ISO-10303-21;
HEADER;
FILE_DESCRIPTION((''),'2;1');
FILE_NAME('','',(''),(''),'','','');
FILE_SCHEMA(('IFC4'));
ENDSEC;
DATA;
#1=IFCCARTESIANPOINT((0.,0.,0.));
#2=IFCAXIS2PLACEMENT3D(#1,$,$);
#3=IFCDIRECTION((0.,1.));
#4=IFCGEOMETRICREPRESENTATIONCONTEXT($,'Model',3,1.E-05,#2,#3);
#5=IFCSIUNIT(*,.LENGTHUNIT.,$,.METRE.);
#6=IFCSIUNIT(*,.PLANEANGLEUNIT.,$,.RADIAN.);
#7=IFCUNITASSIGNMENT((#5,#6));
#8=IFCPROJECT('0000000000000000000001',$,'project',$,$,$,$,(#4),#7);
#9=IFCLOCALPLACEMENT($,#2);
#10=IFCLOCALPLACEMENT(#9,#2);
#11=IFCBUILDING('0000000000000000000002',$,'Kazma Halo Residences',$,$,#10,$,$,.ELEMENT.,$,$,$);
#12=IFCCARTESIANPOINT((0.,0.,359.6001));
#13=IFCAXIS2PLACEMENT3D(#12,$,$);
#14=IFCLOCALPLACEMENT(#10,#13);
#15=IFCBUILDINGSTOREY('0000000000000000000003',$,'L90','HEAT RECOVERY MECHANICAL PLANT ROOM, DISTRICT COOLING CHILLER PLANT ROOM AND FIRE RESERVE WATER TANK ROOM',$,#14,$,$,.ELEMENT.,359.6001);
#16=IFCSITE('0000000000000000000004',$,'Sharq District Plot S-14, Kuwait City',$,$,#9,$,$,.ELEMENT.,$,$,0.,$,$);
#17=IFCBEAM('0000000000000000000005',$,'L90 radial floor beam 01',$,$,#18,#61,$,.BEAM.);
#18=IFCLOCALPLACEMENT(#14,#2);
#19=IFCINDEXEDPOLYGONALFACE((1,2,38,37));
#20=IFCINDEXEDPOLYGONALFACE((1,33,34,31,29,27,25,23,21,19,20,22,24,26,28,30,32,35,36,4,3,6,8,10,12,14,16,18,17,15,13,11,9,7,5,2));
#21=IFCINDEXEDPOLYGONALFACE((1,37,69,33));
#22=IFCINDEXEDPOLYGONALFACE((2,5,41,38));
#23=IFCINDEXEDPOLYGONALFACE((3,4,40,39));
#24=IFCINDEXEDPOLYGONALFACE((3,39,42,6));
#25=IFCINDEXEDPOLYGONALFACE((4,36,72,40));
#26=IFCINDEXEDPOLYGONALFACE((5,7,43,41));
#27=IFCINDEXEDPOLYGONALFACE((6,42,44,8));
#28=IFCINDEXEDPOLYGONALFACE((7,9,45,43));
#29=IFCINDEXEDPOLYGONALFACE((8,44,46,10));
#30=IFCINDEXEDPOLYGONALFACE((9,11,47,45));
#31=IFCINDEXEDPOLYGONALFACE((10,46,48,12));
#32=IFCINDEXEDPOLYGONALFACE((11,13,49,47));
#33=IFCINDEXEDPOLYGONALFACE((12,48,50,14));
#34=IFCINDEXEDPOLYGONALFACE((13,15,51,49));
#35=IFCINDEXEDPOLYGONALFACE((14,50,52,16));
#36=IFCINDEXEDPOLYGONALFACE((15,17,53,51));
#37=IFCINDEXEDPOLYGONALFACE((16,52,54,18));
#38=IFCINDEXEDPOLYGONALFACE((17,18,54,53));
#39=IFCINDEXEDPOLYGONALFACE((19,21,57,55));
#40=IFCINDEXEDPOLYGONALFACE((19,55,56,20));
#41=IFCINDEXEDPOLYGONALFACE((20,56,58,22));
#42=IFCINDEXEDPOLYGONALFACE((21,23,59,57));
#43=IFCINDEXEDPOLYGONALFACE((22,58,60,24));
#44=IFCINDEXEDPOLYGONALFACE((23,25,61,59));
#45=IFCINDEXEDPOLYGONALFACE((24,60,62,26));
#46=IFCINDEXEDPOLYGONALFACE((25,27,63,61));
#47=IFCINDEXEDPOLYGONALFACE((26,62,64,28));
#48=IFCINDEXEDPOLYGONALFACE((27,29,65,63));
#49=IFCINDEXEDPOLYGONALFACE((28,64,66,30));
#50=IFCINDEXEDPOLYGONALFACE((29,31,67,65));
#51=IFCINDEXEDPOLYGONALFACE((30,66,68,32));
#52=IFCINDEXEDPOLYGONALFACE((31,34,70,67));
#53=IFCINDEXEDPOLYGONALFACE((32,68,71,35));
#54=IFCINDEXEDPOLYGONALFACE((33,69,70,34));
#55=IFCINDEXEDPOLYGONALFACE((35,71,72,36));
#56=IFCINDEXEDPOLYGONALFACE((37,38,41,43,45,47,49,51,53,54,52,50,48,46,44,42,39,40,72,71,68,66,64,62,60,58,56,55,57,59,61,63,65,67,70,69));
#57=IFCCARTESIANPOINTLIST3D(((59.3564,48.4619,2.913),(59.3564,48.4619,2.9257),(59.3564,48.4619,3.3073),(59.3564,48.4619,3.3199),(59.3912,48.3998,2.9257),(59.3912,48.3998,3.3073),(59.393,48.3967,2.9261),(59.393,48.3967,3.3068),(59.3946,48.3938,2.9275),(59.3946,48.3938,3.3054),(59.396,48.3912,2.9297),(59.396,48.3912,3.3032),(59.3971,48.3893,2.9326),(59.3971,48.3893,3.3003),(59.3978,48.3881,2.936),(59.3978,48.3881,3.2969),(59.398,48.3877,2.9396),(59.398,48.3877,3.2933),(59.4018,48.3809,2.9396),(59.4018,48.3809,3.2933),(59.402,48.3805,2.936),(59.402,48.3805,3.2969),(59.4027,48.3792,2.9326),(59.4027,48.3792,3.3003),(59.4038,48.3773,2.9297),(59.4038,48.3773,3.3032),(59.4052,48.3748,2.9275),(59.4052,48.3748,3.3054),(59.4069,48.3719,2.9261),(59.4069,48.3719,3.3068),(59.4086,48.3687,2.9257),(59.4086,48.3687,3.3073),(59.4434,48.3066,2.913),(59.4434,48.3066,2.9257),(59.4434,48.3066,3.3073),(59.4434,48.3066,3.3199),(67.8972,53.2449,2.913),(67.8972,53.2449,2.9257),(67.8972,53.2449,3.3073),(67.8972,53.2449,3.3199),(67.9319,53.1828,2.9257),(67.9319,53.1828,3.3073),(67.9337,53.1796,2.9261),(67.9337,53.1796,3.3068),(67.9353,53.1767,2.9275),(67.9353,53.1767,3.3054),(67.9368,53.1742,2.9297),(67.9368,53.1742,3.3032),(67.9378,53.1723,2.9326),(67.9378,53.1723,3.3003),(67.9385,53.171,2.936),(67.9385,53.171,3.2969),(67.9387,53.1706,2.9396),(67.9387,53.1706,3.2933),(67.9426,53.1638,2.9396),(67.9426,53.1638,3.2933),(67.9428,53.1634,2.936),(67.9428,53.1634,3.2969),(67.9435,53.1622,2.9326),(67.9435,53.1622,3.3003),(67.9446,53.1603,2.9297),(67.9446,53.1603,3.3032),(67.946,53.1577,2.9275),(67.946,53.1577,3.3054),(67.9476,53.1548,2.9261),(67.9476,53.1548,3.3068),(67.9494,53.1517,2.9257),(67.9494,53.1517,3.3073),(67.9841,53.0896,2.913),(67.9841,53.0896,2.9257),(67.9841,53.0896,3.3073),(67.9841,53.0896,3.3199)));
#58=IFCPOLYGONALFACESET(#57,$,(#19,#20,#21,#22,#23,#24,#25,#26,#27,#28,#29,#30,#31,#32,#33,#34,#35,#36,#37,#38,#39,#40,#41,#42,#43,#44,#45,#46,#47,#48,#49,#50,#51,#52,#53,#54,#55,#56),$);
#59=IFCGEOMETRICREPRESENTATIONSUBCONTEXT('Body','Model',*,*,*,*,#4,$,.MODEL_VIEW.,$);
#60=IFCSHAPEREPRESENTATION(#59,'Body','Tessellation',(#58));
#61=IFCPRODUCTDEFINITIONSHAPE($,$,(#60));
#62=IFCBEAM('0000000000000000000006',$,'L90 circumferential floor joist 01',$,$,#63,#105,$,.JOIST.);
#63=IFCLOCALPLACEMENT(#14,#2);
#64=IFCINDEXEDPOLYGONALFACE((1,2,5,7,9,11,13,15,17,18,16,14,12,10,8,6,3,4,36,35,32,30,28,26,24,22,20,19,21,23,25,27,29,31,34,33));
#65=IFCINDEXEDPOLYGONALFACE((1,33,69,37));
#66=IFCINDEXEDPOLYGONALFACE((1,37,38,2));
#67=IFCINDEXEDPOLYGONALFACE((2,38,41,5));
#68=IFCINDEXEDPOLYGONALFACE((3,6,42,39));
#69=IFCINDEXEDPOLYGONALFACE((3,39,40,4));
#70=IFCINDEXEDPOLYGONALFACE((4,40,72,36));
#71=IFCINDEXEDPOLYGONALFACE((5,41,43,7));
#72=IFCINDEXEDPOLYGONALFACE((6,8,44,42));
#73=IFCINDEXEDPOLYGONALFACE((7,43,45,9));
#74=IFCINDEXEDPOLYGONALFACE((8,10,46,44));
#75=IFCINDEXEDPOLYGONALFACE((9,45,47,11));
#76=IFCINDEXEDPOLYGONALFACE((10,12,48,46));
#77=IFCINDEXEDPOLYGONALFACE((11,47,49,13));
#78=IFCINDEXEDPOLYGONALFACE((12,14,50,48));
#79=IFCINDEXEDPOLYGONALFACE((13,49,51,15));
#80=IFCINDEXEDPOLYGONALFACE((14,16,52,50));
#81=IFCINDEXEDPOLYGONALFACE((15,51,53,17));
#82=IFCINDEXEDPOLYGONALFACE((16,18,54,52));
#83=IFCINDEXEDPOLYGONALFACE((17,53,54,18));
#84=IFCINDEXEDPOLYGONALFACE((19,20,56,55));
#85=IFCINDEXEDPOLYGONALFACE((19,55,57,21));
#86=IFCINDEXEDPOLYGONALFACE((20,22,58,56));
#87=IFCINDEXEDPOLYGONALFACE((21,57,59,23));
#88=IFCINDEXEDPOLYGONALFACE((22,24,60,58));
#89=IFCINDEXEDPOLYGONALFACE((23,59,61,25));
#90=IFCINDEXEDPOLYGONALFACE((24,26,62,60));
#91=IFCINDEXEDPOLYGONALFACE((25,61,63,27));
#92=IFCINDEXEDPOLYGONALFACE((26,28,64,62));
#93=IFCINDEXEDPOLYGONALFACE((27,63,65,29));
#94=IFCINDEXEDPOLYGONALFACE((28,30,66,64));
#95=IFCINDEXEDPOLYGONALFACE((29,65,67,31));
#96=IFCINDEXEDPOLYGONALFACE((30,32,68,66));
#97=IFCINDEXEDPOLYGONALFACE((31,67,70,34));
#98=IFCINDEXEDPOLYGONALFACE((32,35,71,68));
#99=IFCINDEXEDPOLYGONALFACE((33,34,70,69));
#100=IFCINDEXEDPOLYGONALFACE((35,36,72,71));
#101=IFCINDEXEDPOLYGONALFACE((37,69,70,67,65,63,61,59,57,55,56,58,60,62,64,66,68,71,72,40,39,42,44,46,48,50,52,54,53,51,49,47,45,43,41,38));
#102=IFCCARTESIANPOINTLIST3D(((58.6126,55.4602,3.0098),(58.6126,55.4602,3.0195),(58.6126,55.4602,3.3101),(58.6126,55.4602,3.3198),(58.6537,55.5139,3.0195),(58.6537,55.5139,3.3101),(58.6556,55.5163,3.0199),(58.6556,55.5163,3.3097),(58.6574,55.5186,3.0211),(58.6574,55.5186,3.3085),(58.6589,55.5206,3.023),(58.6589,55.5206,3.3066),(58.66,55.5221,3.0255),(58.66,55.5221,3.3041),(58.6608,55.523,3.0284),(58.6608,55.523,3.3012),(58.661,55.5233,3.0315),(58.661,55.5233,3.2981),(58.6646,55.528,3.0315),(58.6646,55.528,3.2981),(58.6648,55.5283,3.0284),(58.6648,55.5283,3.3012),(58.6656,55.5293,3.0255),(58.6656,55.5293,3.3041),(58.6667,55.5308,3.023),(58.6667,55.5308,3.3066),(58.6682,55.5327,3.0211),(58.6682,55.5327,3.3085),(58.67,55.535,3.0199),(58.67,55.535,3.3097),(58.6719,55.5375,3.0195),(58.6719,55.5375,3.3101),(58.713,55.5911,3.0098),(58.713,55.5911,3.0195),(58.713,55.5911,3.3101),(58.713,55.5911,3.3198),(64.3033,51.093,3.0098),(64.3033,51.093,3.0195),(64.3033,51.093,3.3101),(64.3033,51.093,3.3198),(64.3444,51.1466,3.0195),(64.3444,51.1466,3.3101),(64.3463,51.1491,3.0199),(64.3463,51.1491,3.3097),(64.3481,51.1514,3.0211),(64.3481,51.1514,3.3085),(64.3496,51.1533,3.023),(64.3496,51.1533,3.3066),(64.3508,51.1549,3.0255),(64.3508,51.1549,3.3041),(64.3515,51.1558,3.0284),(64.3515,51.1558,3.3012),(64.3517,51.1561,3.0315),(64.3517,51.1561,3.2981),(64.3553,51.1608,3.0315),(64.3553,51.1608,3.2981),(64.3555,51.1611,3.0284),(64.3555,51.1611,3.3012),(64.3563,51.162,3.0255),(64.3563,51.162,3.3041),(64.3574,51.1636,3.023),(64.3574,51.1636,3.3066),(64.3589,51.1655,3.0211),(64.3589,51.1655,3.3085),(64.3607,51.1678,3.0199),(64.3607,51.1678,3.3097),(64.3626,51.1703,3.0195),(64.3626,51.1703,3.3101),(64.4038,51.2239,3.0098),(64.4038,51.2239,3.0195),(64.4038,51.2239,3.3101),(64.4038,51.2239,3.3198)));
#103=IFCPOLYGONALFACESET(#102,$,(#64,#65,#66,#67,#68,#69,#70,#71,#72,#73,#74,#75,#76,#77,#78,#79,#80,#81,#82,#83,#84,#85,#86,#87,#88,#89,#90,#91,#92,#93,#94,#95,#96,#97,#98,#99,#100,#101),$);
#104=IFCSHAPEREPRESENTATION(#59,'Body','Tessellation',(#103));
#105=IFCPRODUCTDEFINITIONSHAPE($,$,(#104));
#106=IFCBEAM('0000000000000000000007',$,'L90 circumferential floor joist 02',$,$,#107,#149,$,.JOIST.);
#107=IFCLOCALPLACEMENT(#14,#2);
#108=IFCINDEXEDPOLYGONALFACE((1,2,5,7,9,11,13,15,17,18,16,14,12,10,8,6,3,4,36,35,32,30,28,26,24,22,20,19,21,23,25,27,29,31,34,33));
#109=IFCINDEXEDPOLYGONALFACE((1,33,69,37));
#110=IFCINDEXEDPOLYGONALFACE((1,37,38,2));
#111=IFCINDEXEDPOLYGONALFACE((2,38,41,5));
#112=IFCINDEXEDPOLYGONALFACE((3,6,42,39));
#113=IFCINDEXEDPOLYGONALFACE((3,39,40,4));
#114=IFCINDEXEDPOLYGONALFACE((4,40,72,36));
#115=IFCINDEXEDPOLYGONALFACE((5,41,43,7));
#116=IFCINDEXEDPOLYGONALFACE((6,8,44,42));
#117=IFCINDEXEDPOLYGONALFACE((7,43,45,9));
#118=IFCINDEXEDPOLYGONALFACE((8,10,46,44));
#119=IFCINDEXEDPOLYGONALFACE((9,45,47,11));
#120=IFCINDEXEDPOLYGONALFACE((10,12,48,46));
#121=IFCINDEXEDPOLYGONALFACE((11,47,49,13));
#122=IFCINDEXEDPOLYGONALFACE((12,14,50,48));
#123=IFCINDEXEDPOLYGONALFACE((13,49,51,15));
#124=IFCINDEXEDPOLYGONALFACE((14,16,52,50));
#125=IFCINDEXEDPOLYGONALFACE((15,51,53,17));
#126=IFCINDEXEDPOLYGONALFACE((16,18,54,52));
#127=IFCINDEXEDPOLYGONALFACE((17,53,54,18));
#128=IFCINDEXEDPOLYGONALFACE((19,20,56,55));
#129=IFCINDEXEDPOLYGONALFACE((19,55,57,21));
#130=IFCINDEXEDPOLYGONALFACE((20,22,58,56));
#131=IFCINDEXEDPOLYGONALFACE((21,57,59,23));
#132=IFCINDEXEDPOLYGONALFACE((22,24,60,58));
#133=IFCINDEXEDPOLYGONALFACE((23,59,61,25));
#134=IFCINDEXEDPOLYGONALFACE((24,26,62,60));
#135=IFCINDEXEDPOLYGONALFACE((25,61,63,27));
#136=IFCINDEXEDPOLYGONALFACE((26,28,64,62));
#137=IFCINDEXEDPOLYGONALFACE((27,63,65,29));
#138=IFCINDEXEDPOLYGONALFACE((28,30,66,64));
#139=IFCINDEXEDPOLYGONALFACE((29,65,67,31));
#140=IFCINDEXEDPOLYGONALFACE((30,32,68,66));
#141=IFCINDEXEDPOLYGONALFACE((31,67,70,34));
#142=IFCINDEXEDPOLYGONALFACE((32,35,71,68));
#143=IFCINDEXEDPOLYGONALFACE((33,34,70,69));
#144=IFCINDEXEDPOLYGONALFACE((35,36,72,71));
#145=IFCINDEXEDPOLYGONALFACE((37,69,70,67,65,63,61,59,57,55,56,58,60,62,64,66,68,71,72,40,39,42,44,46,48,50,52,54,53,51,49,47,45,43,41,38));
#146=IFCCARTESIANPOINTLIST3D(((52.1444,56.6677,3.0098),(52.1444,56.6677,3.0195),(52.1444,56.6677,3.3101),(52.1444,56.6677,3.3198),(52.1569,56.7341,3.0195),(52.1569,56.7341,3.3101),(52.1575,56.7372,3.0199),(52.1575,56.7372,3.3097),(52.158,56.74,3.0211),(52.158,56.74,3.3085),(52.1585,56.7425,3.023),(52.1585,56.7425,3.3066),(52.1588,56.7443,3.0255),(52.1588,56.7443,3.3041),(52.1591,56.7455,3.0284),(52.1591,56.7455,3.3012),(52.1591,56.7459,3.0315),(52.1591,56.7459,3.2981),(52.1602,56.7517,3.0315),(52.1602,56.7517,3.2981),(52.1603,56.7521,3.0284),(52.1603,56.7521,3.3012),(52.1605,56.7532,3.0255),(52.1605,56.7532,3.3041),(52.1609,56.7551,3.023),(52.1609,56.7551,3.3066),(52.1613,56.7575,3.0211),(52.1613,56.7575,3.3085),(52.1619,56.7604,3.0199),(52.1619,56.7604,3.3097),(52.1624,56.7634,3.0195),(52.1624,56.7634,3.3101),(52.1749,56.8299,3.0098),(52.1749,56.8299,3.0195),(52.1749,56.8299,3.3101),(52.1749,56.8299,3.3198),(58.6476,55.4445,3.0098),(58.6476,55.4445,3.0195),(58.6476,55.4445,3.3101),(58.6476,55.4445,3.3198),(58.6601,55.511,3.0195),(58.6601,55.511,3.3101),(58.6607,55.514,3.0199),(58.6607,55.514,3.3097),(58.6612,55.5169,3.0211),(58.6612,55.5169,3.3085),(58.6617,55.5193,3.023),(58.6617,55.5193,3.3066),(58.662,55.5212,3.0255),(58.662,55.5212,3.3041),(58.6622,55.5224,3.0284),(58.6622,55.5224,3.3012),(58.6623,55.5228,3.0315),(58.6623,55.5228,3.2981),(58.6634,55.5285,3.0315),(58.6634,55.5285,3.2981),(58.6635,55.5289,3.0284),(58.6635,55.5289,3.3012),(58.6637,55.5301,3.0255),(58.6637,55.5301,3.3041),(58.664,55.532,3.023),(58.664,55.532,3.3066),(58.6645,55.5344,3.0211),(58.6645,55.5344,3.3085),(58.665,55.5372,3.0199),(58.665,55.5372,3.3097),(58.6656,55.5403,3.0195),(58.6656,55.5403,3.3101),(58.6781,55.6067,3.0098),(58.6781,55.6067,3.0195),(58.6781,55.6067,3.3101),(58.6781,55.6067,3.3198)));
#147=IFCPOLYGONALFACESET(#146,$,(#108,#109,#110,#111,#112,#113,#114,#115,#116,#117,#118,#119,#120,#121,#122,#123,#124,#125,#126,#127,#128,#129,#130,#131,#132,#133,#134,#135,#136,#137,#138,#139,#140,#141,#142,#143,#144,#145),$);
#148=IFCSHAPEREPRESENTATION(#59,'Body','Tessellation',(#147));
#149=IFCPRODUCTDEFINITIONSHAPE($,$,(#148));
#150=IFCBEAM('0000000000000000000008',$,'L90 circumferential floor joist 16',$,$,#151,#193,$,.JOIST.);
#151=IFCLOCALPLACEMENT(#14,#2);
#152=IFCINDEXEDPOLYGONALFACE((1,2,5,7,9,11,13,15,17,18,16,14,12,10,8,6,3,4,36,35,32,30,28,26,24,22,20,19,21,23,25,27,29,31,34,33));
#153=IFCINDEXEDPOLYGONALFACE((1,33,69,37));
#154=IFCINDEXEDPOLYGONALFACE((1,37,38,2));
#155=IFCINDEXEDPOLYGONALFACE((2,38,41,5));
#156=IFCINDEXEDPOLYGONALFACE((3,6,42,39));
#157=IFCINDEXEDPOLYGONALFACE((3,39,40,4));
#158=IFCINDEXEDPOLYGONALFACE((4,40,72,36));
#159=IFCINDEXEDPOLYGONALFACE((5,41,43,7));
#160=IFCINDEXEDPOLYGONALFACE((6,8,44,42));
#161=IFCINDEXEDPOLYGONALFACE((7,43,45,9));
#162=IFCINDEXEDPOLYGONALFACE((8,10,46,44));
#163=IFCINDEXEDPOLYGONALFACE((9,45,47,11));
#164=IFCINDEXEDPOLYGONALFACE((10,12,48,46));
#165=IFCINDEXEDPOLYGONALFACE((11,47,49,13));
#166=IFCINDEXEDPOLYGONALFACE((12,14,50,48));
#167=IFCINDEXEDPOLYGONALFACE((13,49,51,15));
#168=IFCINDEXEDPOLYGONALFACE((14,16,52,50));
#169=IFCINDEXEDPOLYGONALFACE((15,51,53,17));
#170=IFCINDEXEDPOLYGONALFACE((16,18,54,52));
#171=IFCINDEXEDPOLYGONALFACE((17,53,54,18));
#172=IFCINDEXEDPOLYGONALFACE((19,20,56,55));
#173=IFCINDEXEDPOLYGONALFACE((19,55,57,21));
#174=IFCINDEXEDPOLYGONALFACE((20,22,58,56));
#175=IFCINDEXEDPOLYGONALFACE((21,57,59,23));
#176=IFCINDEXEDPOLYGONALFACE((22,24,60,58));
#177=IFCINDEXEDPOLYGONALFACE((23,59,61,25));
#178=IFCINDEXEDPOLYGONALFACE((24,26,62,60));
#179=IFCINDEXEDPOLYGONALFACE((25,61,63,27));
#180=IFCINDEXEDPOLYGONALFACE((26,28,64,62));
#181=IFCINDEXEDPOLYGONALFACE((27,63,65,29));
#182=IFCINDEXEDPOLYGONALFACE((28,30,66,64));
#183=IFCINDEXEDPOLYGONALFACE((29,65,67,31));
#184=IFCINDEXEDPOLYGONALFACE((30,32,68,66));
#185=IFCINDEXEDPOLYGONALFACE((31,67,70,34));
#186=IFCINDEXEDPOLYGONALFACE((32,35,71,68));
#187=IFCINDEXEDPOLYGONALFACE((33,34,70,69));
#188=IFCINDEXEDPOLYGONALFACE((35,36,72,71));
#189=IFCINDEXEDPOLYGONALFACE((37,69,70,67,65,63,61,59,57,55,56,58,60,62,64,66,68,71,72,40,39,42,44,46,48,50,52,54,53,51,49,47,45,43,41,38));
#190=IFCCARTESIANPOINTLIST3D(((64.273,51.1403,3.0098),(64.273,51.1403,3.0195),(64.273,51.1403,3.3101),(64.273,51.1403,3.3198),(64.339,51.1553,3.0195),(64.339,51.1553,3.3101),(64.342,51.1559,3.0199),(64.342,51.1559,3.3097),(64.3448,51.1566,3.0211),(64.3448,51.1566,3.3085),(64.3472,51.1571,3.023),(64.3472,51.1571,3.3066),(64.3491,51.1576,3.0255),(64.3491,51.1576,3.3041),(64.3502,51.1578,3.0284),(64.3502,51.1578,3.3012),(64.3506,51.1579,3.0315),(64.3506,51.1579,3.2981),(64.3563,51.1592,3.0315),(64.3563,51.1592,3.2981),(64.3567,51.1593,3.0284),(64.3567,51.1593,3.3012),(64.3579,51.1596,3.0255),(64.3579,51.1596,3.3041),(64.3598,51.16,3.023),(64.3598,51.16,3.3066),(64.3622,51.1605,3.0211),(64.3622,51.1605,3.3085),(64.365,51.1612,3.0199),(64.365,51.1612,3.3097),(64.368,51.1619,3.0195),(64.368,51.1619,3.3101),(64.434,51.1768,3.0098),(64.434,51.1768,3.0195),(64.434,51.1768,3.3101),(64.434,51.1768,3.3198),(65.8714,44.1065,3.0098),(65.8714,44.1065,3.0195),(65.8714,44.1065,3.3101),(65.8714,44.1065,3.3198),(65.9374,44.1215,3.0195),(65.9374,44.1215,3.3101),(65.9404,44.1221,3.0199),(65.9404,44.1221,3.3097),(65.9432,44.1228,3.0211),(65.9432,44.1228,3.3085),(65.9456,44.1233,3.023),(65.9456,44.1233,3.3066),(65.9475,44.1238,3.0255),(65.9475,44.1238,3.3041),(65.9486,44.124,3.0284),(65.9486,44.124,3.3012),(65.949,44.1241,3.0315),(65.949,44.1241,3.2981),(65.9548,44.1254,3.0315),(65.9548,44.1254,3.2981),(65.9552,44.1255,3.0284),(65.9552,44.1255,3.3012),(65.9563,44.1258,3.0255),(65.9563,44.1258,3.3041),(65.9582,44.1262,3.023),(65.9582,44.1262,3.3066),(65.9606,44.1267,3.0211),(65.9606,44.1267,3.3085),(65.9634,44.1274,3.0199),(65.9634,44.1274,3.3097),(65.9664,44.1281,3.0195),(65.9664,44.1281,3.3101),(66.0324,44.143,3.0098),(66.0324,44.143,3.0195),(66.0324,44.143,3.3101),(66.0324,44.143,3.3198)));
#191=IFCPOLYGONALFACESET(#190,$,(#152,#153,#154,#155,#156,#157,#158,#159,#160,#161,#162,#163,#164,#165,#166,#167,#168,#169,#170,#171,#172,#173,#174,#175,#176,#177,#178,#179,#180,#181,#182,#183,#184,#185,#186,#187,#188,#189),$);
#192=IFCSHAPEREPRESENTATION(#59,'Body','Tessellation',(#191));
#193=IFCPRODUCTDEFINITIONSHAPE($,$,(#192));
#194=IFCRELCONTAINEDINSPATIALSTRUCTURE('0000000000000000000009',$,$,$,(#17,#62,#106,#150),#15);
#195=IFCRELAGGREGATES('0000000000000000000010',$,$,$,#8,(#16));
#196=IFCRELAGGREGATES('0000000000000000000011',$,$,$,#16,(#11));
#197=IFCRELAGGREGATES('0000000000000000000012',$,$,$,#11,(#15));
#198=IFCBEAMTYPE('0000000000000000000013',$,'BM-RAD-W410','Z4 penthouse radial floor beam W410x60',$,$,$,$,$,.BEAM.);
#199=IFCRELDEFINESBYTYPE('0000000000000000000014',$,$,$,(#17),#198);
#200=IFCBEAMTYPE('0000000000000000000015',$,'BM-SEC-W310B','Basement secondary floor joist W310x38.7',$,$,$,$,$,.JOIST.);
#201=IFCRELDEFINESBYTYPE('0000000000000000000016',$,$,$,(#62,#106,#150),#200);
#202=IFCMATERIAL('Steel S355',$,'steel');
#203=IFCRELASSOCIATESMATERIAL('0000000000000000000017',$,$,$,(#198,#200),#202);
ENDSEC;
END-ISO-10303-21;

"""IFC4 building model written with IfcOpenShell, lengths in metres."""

from ifc_helpers import new_model, si_unit, direction, frame, origin, origin_2d, place, context, subcontext, project, spatial, i_section, extrude, material, material_profile, profile_set, type_object, element, save


model = new_model("IFC4")

# Units and contexts
model_context = context("Model", 3, precision=1e-05, world=origin(), true_north=direction((0.0, 1.0)))
body_context = subcontext(model_context, "Body", "Model", "MODEL_VIEW")
ifc_project = project(units=[si_unit("LENGTHUNIT", "METRE"), si_unit("PLANEANGLEUNIT", "RADIAN")], contexts=[model_context])

# Site, building, storey
site_placement = place(None, origin())
site = spatial("IfcSite", under=ifc_project, at=site_placement, Name="Sharq District Plot S-14, Kuwait City", CompositionType="ELEMENT", RefElevation=0.0)
building_placement = place(site_placement, origin())
building = spatial("IfcBuilding", under=site, at=building_placement, Name="Kazma Halo Residences", CompositionType="ELEMENT")
storey_placement = place(building_placement, frame((0.0, 0.0, 359.6001)))
storey = spatial("IfcBuildingStorey", under=building, at=storey_placement, Name="L90", Description="HEAT RECOVERY MECHANICAL PLANT ROOM, DISTRICT COOLING CHILLER PLANT ROOM AND FIRE RESERVE WATER TANK ROOM", CompositionType="ELEMENT", Elevation=359.6001)

# Shared definitions
ifc_material_1 = material(Name="Steel S355", Category="steel")

# Beams
ifc_material_profile_1 = material_profile(ifc_material_1, i_section(OverallWidth=0.178, OverallDepth=0.407, WebThickness=0.0078, FlangeThickness=0.0127, FilletRadius=0.0139, at=origin_2d()), Name="W410x60")
ifc_profile_set_1 = profile_set([ifc_material_profile_1], Name="Steel S355")
beam_type_1 = type_object("IfcBeamType", Name="BM-RAD-W410", Description="Z4 penthouse radial floor beam W410x60", PredefinedType="BEAM", material=ifc_profile_set_1)
beam_1_placement = place(storey_placement, frame((59.3999, 48.3843, 3.1165), z_axis=(0.8725, 0.488613, 0.0), x_axis=(-0.488613, 0.8725, 0.0)))
element("IfcBeam", 1, at=beam_1_placement, inside=storey, type_object=beam_type_1, Name="L90 radial floor beam 01", PredefinedType="BEAM", context=body_context, shape_type="SweptSolid", body=[
    extrude(i_section(OverallWidth=0.178, OverallDepth=0.407, WebThickness=0.0078, FlangeThickness=0.0127, FilletRadius=0.0139, at=origin_2d()), origin(), (0.0, 0.0, 1.0), 9.7888),
])
ifc_material_profile_2 = material_profile(ifc_material_1, i_section(OverallWidth=0.165, OverallDepth=0.3101, WebThickness=0.0059, FlangeThickness=0.0098, FilletRadius=0.012, at=origin_2d()), Name="W310x38.7")
ifc_profile_set_2 = profile_set([ifc_material_profile_2], Name="Steel S355")
beam_type_2 = type_object("IfcBeamType", Name="BM-SEC-W310B", Description="Basement secondary floor joist W310x38.7", PredefinedType="JOIST", material=ifc_profile_set_2)
beam_2_placement = place(storey_placement, frame((64.3535, 51.1584, 3.1648), z_axis=(-0.793314, 0.608812, 0.0), x_axis=(-0.608812, -0.793314, 0.0)))
element("IfcBeam", 2, at=beam_2_placement, inside=storey, type_object=beam_type_2, Name="L90 circumferential floor joist 01", PredefinedType="JOIST", context=body_context, shape_type="SweptSolid", body=[
    extrude(i_section(OverallWidth=0.165, OverallDepth=0.3101, WebThickness=0.0059, FlangeThickness=0.0098, FilletRadius=0.012, at=origin_2d()), origin(), (0.0, 0.0, 1.0), 7.1733),
])
beam_3_placement = place(storey_placement, frame((58.6628, 55.5256, 3.1648), z_axis=(-0.982768, 0.184843, 0.0), x_axis=(-0.184843, -0.982768, 0.0)))
element("IfcBeam", 3, at=beam_3_placement, inside=storey, type_object=beam_type_2, Name="L90 circumferential floor joist 02", PredefinedType="JOIST", context=body_context, shape_type="SweptSolid", body=[
    extrude(i_section(OverallWidth=0.165, OverallDepth=0.3101, WebThickness=0.0059, FlangeThickness=0.0098, FilletRadius=0.012, at=origin_2d()), origin(), (0.0, 0.0, 1.0), 6.6172),
])
beam_4_placement = place(storey_placement, frame((65.9519, 44.1248, 3.1648), z_axis=(-0.221598, 0.975138, 0.0), x_axis=(-0.975138, -0.221598, 0.0)))
element("IfcBeam", 4, at=beam_4_placement, inside=storey, type_object=beam_type_2, Name="L90 circumferential floor joist 16", PredefinedType="JOIST", context=body_context, shape_type="SweptSolid", body=[
    extrude(i_section(OverallWidth=0.165, OverallDepth=0.3101, WebThickness=0.0059, FlangeThickness=0.0098, FilletRadius=0.012, at=origin_2d()), origin(), (0.0, 0.0, 1.0), 7.2131),
])

save(model, "model.ifc")
